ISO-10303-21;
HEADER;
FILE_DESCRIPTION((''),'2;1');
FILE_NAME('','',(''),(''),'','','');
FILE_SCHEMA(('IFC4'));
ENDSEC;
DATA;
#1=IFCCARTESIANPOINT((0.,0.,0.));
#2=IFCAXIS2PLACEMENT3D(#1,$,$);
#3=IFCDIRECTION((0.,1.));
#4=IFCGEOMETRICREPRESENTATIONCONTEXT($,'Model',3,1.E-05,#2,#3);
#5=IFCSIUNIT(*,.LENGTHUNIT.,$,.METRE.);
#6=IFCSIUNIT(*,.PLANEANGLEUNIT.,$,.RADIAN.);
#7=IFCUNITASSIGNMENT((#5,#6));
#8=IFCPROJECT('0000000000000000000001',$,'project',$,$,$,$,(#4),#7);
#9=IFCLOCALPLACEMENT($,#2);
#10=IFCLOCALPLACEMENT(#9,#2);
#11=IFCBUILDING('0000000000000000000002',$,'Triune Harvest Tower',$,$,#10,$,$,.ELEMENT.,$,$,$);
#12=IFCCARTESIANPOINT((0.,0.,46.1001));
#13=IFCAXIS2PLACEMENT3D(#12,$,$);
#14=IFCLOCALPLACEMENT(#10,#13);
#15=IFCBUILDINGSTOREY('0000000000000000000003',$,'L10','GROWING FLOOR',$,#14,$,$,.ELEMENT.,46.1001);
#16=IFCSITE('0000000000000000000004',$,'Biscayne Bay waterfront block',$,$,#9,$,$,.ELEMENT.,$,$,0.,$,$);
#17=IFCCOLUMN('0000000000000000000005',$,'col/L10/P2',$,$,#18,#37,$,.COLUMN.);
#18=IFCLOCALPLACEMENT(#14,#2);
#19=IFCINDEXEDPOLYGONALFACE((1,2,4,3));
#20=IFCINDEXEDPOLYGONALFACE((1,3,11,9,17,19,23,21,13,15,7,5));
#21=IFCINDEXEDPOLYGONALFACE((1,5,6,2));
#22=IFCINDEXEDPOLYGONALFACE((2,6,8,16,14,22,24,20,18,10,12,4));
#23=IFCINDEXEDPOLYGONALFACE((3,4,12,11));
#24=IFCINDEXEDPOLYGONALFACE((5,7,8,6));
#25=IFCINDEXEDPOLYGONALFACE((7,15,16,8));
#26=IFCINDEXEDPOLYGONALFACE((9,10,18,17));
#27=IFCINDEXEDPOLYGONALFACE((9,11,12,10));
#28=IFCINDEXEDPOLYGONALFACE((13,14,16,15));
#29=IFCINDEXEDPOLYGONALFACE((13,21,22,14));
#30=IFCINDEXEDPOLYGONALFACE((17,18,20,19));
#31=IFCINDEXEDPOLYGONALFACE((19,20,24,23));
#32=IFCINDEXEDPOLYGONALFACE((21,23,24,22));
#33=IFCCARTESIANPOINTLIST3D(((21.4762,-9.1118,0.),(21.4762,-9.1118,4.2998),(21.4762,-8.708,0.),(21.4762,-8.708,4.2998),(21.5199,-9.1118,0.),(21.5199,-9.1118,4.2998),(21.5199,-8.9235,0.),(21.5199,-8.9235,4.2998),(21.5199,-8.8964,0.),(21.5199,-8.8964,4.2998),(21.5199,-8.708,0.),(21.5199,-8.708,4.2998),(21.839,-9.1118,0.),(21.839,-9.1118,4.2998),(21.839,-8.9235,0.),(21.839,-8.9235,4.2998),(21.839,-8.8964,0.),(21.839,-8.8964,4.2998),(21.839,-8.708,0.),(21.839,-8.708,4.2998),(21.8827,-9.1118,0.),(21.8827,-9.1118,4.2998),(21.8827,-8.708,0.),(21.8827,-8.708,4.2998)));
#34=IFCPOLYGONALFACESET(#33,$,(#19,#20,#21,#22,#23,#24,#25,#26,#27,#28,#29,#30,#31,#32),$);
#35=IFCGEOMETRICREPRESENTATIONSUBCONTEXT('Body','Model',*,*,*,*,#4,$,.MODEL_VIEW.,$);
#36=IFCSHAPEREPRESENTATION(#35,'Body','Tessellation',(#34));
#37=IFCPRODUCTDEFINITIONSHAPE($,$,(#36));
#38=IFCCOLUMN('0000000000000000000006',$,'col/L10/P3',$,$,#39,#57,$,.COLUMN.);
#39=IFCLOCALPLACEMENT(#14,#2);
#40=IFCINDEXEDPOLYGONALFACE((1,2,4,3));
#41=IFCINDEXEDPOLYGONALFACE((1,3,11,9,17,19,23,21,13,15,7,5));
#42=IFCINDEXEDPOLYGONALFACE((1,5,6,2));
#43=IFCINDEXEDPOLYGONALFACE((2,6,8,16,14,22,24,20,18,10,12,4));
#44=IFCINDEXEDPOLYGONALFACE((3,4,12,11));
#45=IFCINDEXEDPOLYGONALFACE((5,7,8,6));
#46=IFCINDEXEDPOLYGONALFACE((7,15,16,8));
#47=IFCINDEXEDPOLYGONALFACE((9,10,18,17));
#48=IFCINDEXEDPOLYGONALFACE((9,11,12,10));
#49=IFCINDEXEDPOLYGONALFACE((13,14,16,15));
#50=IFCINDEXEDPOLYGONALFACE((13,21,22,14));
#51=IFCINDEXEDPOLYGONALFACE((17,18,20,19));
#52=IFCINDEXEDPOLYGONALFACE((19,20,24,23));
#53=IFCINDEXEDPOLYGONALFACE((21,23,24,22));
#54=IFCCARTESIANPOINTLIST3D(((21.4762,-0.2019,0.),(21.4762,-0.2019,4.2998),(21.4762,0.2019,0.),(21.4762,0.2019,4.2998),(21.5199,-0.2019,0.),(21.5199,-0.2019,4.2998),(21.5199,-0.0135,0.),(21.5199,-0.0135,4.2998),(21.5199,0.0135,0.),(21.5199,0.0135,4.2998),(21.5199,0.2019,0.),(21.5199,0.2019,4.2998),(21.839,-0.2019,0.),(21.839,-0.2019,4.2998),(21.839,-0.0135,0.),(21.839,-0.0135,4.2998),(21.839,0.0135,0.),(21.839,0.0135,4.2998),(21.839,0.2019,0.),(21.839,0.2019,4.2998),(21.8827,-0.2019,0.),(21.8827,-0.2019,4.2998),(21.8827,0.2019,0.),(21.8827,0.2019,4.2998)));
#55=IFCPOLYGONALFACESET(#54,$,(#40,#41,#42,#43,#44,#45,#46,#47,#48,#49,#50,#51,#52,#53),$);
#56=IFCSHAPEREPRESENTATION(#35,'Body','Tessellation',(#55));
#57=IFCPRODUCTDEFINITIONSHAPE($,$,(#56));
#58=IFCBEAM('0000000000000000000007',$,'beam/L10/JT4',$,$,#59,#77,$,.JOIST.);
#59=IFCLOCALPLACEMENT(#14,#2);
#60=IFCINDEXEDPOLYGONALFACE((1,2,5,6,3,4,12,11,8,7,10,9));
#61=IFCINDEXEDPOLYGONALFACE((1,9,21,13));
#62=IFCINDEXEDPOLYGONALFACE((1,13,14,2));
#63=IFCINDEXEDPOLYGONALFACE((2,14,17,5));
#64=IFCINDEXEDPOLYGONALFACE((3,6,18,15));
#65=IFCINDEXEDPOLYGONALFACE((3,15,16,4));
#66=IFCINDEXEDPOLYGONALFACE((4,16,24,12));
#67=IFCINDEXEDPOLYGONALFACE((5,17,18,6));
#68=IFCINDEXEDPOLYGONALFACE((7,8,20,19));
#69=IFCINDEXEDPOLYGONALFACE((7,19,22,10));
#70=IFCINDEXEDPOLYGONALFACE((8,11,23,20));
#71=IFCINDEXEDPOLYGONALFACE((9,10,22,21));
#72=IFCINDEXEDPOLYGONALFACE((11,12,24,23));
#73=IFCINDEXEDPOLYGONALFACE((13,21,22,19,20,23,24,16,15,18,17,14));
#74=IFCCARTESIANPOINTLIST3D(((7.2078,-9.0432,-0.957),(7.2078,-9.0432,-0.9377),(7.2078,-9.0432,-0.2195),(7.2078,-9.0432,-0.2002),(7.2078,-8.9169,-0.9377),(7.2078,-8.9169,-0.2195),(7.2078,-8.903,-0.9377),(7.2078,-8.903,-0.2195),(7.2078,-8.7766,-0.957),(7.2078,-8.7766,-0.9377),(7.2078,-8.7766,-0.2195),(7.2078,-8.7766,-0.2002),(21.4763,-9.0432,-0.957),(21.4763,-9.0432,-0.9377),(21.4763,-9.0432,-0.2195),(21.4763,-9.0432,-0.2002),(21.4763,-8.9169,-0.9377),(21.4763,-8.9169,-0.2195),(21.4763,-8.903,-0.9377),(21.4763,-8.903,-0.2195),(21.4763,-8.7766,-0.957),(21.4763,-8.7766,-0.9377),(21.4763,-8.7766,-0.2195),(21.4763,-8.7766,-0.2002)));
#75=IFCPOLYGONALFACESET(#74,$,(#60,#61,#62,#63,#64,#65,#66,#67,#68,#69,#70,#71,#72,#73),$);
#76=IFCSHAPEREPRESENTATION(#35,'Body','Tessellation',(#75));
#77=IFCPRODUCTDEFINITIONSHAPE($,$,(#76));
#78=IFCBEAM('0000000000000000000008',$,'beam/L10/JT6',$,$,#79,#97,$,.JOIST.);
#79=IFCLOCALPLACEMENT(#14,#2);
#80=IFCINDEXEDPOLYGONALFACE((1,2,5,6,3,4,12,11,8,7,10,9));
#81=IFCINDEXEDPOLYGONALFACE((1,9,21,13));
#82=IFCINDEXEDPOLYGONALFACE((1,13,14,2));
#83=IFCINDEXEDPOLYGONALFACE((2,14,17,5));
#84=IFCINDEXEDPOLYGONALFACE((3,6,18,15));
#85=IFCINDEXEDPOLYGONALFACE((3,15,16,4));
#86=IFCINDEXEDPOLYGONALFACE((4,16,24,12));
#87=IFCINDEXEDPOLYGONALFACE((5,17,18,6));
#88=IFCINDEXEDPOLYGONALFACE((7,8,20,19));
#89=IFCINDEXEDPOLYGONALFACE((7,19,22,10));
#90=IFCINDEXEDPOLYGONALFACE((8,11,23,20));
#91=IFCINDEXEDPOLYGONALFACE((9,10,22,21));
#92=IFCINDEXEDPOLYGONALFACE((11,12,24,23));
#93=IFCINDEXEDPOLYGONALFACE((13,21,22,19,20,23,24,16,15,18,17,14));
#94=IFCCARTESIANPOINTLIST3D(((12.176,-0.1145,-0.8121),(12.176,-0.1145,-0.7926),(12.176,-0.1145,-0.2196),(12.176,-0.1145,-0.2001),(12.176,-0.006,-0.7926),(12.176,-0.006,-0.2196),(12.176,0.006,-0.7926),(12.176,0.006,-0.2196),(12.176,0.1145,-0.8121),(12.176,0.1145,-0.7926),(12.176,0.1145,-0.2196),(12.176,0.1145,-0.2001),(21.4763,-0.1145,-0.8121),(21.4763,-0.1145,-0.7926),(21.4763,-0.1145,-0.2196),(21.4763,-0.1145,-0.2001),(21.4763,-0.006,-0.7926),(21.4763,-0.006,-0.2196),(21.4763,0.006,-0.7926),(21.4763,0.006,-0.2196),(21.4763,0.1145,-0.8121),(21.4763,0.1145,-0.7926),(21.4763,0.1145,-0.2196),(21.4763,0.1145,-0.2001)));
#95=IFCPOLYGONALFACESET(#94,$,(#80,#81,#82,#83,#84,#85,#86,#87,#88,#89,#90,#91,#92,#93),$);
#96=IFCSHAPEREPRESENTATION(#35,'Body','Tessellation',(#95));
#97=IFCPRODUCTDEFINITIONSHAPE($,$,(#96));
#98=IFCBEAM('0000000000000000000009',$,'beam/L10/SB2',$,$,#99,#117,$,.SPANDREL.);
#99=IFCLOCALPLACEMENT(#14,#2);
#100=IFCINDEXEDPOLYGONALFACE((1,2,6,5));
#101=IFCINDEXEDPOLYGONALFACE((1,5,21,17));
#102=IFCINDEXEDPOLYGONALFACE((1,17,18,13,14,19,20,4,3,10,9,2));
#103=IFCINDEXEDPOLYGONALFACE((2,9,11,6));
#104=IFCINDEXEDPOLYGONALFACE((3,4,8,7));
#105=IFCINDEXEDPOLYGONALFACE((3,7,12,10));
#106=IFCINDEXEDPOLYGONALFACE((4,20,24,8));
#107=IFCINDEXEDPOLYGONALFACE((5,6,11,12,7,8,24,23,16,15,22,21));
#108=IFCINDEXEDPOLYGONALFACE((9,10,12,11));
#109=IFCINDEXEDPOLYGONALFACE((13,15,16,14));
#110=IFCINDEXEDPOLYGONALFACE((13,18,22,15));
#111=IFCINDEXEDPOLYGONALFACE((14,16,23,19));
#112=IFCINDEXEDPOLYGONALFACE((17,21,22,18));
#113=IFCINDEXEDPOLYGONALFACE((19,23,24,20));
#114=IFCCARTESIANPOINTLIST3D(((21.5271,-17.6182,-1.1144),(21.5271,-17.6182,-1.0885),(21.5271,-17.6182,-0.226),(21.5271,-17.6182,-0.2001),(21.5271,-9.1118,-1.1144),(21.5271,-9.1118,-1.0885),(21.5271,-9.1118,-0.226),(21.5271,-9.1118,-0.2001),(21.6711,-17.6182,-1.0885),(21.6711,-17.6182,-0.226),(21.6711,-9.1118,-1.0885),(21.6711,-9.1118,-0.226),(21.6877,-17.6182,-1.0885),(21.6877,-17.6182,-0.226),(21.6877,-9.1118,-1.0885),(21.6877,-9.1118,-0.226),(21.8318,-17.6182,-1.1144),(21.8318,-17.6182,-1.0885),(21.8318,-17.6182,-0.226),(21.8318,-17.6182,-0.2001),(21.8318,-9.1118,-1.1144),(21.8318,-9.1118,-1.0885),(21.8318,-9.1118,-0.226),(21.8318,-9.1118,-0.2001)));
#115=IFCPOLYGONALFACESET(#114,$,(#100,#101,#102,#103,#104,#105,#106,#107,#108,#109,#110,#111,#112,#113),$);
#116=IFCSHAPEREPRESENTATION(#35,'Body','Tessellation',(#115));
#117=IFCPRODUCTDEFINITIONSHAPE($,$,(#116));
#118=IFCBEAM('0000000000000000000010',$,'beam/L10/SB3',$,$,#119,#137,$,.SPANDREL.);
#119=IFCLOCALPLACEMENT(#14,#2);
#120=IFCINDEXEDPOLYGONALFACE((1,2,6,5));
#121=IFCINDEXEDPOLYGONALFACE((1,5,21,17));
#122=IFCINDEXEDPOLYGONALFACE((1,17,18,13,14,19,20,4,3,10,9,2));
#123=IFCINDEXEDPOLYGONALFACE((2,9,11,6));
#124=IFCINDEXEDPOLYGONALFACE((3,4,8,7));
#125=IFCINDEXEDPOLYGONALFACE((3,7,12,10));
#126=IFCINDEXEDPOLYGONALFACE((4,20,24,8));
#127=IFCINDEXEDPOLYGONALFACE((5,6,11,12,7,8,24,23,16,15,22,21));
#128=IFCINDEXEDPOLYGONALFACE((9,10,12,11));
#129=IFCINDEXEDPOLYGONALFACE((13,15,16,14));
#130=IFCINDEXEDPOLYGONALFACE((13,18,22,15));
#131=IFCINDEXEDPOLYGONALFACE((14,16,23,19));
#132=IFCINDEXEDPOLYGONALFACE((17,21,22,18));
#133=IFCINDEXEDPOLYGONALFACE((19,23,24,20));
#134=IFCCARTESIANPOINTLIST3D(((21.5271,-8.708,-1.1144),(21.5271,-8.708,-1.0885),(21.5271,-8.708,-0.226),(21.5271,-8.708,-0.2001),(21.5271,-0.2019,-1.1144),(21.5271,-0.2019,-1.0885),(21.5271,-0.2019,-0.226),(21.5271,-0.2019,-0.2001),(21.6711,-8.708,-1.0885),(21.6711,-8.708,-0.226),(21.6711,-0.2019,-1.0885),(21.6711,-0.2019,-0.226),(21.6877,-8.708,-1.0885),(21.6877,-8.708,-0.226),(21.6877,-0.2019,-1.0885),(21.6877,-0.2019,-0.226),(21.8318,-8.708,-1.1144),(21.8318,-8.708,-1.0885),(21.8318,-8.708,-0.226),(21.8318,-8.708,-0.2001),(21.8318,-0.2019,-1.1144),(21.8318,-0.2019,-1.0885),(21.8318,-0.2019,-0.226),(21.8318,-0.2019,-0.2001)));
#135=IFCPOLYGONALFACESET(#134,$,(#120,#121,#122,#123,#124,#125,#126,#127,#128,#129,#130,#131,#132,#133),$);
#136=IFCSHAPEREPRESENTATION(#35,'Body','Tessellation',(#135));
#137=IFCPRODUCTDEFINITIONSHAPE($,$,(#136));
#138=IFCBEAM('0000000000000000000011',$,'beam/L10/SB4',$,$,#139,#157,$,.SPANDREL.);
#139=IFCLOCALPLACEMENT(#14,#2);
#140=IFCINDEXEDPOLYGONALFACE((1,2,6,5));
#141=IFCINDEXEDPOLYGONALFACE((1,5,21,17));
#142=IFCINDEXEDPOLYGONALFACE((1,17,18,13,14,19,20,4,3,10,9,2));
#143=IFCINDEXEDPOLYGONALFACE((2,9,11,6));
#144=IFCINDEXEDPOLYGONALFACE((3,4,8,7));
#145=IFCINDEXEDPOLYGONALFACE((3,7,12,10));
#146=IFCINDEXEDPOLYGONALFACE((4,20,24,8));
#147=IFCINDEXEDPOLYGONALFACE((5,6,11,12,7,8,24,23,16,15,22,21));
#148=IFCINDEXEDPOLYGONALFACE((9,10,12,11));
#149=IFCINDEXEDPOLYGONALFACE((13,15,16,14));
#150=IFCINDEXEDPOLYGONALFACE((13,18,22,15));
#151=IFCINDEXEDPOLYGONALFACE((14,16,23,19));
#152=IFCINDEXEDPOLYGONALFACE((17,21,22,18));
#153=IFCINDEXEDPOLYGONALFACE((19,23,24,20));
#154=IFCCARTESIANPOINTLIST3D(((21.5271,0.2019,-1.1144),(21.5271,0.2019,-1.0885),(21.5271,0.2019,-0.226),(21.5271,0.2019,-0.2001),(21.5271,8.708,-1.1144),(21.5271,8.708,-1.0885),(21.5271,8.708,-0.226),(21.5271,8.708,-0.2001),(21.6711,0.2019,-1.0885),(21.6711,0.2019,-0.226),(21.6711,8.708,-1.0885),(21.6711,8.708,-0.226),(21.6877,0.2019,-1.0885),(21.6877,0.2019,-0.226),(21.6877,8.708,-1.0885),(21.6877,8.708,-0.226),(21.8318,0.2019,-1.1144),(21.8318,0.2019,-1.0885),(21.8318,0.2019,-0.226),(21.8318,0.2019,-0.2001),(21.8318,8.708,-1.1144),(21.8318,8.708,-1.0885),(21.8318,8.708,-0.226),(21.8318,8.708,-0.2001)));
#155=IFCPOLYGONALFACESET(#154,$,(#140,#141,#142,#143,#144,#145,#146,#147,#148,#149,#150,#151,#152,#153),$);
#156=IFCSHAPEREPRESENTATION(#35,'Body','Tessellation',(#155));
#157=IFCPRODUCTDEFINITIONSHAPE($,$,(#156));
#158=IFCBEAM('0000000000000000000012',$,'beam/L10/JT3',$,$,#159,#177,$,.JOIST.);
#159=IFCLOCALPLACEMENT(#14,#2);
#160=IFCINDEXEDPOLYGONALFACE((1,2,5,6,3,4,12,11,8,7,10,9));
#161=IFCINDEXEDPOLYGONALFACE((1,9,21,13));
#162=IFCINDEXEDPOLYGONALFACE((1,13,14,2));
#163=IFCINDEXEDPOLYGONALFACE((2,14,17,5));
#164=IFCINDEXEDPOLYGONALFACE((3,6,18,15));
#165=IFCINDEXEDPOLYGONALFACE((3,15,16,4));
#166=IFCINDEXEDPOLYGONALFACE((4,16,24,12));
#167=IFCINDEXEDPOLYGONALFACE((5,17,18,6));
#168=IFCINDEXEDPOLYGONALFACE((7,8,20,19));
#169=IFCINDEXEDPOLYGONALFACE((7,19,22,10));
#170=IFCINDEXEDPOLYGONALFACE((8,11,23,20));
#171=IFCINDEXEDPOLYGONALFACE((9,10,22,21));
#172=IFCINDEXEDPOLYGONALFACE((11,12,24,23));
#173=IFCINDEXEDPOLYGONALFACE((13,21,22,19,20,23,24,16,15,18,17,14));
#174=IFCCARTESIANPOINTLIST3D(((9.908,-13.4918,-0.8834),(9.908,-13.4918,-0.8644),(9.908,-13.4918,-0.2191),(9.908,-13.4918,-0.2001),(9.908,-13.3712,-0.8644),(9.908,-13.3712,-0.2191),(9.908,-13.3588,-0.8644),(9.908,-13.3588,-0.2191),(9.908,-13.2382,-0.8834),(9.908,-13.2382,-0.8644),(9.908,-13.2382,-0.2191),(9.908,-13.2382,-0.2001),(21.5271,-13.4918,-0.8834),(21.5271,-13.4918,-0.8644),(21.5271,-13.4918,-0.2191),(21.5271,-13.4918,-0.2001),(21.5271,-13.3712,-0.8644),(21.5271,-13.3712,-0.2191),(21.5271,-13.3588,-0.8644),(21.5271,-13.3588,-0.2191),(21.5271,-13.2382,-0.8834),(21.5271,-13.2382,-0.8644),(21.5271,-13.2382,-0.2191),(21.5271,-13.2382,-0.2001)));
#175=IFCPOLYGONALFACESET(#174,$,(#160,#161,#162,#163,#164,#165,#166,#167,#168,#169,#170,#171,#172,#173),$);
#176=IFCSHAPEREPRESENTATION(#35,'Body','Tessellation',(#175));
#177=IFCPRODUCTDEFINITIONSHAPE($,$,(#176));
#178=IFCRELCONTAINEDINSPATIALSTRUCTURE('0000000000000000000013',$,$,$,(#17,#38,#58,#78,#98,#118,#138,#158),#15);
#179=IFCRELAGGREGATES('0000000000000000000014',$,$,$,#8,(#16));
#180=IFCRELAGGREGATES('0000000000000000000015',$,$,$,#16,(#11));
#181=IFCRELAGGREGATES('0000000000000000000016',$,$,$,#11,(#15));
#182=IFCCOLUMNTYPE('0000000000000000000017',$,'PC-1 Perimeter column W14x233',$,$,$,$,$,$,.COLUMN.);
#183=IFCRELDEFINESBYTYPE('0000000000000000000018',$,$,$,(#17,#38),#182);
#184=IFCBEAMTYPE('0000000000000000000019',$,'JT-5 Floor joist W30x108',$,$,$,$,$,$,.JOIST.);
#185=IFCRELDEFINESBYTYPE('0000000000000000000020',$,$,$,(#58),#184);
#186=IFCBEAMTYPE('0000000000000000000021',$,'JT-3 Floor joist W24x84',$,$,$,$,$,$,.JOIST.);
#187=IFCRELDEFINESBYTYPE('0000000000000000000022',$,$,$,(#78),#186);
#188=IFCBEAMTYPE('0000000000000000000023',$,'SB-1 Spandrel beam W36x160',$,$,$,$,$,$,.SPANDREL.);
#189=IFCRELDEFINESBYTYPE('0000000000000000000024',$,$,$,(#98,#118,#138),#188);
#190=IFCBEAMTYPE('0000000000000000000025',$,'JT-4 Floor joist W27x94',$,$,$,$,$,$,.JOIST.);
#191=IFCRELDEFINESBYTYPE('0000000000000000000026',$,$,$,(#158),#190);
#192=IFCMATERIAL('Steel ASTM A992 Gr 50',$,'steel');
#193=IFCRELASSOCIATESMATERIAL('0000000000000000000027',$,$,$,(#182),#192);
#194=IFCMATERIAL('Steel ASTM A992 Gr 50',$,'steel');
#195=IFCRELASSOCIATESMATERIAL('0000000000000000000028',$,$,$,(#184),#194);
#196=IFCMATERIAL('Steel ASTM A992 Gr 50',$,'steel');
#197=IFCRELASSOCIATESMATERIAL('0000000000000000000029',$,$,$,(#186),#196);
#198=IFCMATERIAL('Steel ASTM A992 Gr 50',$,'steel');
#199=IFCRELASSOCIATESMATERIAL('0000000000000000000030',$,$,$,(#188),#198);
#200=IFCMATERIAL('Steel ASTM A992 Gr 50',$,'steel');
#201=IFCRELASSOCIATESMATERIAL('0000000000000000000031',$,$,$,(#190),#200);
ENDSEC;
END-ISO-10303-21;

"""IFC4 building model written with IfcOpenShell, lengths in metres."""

from ifc_helpers import new_model, si_unit, direction, frame, origin, origin_2d, place, context, subcontext, project, spatial, i_section, extrude, source, transform, mapped, material, material_profile, profile_set, type_object, element, save


model = new_model("IFC4")

# Units and contexts
model_context = context("Model", 3, precision=1e-05, world=origin(), true_north=direction((0.0, 1.0)))
body_context = subcontext(model_context, "Body", "Model", "MODEL_VIEW")
ifc_project = project(units=[si_unit("LENGTHUNIT", "METRE"), si_unit("PLANEANGLEUNIT", "RADIAN")], contexts=[model_context])

# Site, building, storey
site_placement = place(None, origin())
site = spatial("IfcSite", under=ifc_project, at=site_placement, Name="Biscayne Bay waterfront block", CompositionType="ELEMENT", RefElevation=0.0)
building_placement = place(site_placement, origin())
building = spatial("IfcBuilding", under=site, at=building_placement, Name="Triune Harvest Tower", CompositionType="ELEMENT")
storey_placement = place(building_placement, frame((0.0, 0.0, 46.1001)))
storey = spatial("IfcBuildingStorey", under=building, at=storey_placement, Name="L10", Description="GROWING FLOOR", CompositionType="ELEMENT", Elevation=46.1001)

# Columns
ifc_material_1 = material(Name="Steel ASTM A992 Gr 50", Category="steel")
ifc_material_profile_1 = material_profile(ifc_material_1, i_section(OverallWidth=0.4038, OverallDepth=0.4065, WebThickness=0.0271, FlangeThickness=0.0437, at=origin_2d()), Name="W14x233")
ifc_profile_set_1 = profile_set([ifc_material_profile_1], Name="Steel ASTM A992 Gr 50")
column_type = type_object("IfcColumnType", Name="PC-1 Perimeter column W14x233", PredefinedType="COLUMN", material=ifc_profile_set_1)
shared_shape_1 = source(origin(), body_context, "Body", "SweptSolid", [
    extrude(i_section(OverallWidth=0.4038, OverallDepth=0.4065, WebThickness=0.0271, FlangeThickness=0.0437, at=origin_2d()), origin(), (0.0, 0.0, 1.0), 4.2998),
])
for number, where, z_axis, x_axis, name in (
    (1, (21.6794, -8.9099, 0.0), (0.0, 0.0, 1.0), (0.0, 1.0, 0.0), "col/L10/P2"),
    (2, (21.6794, 0.0, 0.0), (0.0, 0.0, 1.0), (0.0, 1.0, 0.0), "col/L10/P3"),
):
    element("IfcColumn", number, at=place(storey_placement, frame(where, z_axis=z_axis, x_axis=x_axis)), inside=storey, type_object=column_type, Name=name, PredefinedType="COLUMN", context=body_context, shape_type="MappedRepresentation", body=[
        mapped(shared_shape_1, transform((0.0, 0.0, 0.0), scale=1.0)),
    ])

# Beams
ifc_material_2 = material(Name="Steel ASTM A992 Gr 50", Category="steel")
ifc_material_profile_2 = material_profile(ifc_material_2, i_section(OverallWidth=0.2666, OverallDepth=0.7568, WebThickness=0.0139, FlangeThickness=0.0193, at=origin_2d()), Name="W30x108")
ifc_profile_set_2 = profile_set([ifc_material_profile_2], Name="Steel ASTM A992 Gr 50")
beam_type_1 = type_object("IfcBeamType", Name="JT-5 Floor joist W30x108", PredefinedType="JOIST", material=ifc_profile_set_2)
shared_shape_2 = source(origin(), body_context, "Body", "SweptSolid", [
    extrude(i_section(OverallWidth=0.2666, OverallDepth=0.7568, WebThickness=0.0139, FlangeThickness=0.0193, at=origin_2d()), origin(), (0.0, 0.0, 1.0), 14.2686),
])
beam_1_placement = place(storey_placement, frame((21.4763, -8.9099, -0.5786), z_axis=(-1.0, 0.0, 0.0), x_axis=(0.0, -1.0, 0.0)))
element("IfcBeam", 3, at=beam_1_placement, inside=storey, type_object=beam_type_1, Name="beam/L10/JT4", PredefinedType="JOIST", context=body_context, shape_type="MappedRepresentation", body=[
    mapped(shared_shape_2, transform((0.0, 0.0, 0.0), scale=1.0)),
])
ifc_material_3 = material(Name="Steel ASTM A992 Gr 50", Category="steel")
ifc_material_profile_3 = material_profile(ifc_material_3, i_section(OverallWidth=0.229, OverallDepth=0.6121, WebThickness=0.012, FlangeThickness=0.0195, at=origin_2d()), Name="W24x84")
ifc_profile_set_3 = profile_set([ifc_material_profile_3], Name="Steel ASTM A992 Gr 50")
beam_type_2 = type_object("IfcBeamType", Name="JT-3 Floor joist W24x84", PredefinedType="JOIST", material=ifc_profile_set_3)
shared_shape_3 = source(origin(), body_context, "Body", "SweptSolid", [
    extrude(i_section(OverallWidth=0.229, OverallDepth=0.6121, WebThickness=0.012, FlangeThickness=0.0195, at=origin_2d()), origin(), (0.0, 0.0, 1.0), 9.3003),
])
beam_2_placement = place(storey_placement, frame((21.4763, 0.0, -0.5061), z_axis=(-1.0, 0.0, 0.0), x_axis=(0.0, -1.0, 0.0)))
element("IfcBeam", 4, at=beam_2_placement, inside=storey, type_object=beam_type_2, Name="beam/L10/JT6", PredefinedType="JOIST", context=body_context, shape_type="MappedRepresentation", body=[
    mapped(shared_shape_3, transform((0.0, 0.0, 0.0), scale=1.0)),
])
ifc_material_4 = material(Name="Steel ASTM A992 Gr 50", Category="steel")
ifc_material_profile_4 = material_profile(ifc_material_4, i_section(OverallWidth=0.3047, OverallDepth=0.9143, WebThickness=0.0166, FlangeThickness=0.0259, at=origin_2d()), Name="W36x160")
ifc_profile_set_4 = profile_set([ifc_material_profile_4], Name="Steel ASTM A992 Gr 50")
beam_type_3 = type_object("IfcBeamType", Name="SB-1 Spandrel beam W36x160", PredefinedType="SPANDREL", material=ifc_profile_set_4)
shared_shape_4 = source(origin(), body_context, "Body", "SweptSolid", [
    extrude(i_section(OverallWidth=0.3047, OverallDepth=0.9143, WebThickness=0.0166, FlangeThickness=0.0259, at=origin_2d()), origin(), (0.0, 0.0, 1.0), 8.5063),
])
beam_3_placement = place(storey_placement, frame((21.6794, -17.6182, -0.6572), z_axis=(0.0, 1.0, 0.0), x_axis=(-1.0, 0.0, 0.0)))
element("IfcBeam", 5, at=beam_3_placement, inside=storey, type_object=beam_type_3, Name="beam/L10/SB2", PredefinedType="SPANDREL", context=body_context, shape_type="MappedRepresentation", body=[
    mapped(shared_shape_4, transform((0.0, 0.0, 0.0), scale=1.0)),
])
shared_shape_5 = source(origin(), body_context, "Body", "SweptSolid", [
    extrude(i_section(OverallWidth=0.3047, OverallDepth=0.9143, WebThickness=0.0166, FlangeThickness=0.0259, at=origin_2d()), origin(), (0.0, 0.0, 1.0), 8.5061),
])
for number, where, z_axis, x_axis, name in (
    (6, (21.6794, -8.708, -0.6572), (0.0, 1.0, 0.0), (-1.0, 0.0, 0.0), "beam/L10/SB3"),
    (7, (21.6794, 0.2019, -0.6572), (0.0, 1.0, 0.0), (-1.0, 0.0, 0.0), "beam/L10/SB4"),
):
    element("IfcBeam", number, at=place(storey_placement, frame(where, z_axis=z_axis, x_axis=x_axis)), inside=storey, type_object=beam_type_3, Name=name, PredefinedType="SPANDREL", context=body_context, shape_type="MappedRepresentation", body=[
        mapped(shared_shape_5, transform((0.0, 0.0, 0.0), scale=1.0)),
    ])
ifc_material_5 = material(Name="Steel ASTM A992 Gr 50", Category="steel")
ifc_material_profile_5 = material_profile(ifc_material_5, i_section(OverallWidth=0.2537, OverallDepth=0.6833, WebThickness=0.0125, FlangeThickness=0.019, at=origin_2d()), Name="W27x94")
ifc_profile_set_5 = profile_set([ifc_material_profile_5], Name="Steel ASTM A992 Gr 50")
beam_type_4 = type_object("IfcBeamType", Name="JT-4 Floor joist W27x94", PredefinedType="JOIST", material=ifc_profile_set_5)
shared_shape_6 = source(origin(), body_context, "Body", "SweptSolid", [
    extrude(i_section(OverallWidth=0.2537, OverallDepth=0.6833, WebThickness=0.0125, FlangeThickness=0.019, at=origin_2d()), origin(), (0.0, 0.0, 1.0), 11.6191),
])
beam_4_placement = place(storey_placement, frame((21.5271, -13.365, -0.5417), z_axis=(-1.0, 0.0, 0.0), x_axis=(0.0, -1.0, 0.0)))
element("IfcBeam", 8, at=beam_4_placement, inside=storey, type_object=beam_type_4, Name="beam/L10/JT3", PredefinedType="JOIST", context=body_context, shape_type="MappedRepresentation", body=[
    mapped(shared_shape_6, transform((0.0, 0.0, 0.0), scale=1.0)),
])

save(model, "model.ifc")
